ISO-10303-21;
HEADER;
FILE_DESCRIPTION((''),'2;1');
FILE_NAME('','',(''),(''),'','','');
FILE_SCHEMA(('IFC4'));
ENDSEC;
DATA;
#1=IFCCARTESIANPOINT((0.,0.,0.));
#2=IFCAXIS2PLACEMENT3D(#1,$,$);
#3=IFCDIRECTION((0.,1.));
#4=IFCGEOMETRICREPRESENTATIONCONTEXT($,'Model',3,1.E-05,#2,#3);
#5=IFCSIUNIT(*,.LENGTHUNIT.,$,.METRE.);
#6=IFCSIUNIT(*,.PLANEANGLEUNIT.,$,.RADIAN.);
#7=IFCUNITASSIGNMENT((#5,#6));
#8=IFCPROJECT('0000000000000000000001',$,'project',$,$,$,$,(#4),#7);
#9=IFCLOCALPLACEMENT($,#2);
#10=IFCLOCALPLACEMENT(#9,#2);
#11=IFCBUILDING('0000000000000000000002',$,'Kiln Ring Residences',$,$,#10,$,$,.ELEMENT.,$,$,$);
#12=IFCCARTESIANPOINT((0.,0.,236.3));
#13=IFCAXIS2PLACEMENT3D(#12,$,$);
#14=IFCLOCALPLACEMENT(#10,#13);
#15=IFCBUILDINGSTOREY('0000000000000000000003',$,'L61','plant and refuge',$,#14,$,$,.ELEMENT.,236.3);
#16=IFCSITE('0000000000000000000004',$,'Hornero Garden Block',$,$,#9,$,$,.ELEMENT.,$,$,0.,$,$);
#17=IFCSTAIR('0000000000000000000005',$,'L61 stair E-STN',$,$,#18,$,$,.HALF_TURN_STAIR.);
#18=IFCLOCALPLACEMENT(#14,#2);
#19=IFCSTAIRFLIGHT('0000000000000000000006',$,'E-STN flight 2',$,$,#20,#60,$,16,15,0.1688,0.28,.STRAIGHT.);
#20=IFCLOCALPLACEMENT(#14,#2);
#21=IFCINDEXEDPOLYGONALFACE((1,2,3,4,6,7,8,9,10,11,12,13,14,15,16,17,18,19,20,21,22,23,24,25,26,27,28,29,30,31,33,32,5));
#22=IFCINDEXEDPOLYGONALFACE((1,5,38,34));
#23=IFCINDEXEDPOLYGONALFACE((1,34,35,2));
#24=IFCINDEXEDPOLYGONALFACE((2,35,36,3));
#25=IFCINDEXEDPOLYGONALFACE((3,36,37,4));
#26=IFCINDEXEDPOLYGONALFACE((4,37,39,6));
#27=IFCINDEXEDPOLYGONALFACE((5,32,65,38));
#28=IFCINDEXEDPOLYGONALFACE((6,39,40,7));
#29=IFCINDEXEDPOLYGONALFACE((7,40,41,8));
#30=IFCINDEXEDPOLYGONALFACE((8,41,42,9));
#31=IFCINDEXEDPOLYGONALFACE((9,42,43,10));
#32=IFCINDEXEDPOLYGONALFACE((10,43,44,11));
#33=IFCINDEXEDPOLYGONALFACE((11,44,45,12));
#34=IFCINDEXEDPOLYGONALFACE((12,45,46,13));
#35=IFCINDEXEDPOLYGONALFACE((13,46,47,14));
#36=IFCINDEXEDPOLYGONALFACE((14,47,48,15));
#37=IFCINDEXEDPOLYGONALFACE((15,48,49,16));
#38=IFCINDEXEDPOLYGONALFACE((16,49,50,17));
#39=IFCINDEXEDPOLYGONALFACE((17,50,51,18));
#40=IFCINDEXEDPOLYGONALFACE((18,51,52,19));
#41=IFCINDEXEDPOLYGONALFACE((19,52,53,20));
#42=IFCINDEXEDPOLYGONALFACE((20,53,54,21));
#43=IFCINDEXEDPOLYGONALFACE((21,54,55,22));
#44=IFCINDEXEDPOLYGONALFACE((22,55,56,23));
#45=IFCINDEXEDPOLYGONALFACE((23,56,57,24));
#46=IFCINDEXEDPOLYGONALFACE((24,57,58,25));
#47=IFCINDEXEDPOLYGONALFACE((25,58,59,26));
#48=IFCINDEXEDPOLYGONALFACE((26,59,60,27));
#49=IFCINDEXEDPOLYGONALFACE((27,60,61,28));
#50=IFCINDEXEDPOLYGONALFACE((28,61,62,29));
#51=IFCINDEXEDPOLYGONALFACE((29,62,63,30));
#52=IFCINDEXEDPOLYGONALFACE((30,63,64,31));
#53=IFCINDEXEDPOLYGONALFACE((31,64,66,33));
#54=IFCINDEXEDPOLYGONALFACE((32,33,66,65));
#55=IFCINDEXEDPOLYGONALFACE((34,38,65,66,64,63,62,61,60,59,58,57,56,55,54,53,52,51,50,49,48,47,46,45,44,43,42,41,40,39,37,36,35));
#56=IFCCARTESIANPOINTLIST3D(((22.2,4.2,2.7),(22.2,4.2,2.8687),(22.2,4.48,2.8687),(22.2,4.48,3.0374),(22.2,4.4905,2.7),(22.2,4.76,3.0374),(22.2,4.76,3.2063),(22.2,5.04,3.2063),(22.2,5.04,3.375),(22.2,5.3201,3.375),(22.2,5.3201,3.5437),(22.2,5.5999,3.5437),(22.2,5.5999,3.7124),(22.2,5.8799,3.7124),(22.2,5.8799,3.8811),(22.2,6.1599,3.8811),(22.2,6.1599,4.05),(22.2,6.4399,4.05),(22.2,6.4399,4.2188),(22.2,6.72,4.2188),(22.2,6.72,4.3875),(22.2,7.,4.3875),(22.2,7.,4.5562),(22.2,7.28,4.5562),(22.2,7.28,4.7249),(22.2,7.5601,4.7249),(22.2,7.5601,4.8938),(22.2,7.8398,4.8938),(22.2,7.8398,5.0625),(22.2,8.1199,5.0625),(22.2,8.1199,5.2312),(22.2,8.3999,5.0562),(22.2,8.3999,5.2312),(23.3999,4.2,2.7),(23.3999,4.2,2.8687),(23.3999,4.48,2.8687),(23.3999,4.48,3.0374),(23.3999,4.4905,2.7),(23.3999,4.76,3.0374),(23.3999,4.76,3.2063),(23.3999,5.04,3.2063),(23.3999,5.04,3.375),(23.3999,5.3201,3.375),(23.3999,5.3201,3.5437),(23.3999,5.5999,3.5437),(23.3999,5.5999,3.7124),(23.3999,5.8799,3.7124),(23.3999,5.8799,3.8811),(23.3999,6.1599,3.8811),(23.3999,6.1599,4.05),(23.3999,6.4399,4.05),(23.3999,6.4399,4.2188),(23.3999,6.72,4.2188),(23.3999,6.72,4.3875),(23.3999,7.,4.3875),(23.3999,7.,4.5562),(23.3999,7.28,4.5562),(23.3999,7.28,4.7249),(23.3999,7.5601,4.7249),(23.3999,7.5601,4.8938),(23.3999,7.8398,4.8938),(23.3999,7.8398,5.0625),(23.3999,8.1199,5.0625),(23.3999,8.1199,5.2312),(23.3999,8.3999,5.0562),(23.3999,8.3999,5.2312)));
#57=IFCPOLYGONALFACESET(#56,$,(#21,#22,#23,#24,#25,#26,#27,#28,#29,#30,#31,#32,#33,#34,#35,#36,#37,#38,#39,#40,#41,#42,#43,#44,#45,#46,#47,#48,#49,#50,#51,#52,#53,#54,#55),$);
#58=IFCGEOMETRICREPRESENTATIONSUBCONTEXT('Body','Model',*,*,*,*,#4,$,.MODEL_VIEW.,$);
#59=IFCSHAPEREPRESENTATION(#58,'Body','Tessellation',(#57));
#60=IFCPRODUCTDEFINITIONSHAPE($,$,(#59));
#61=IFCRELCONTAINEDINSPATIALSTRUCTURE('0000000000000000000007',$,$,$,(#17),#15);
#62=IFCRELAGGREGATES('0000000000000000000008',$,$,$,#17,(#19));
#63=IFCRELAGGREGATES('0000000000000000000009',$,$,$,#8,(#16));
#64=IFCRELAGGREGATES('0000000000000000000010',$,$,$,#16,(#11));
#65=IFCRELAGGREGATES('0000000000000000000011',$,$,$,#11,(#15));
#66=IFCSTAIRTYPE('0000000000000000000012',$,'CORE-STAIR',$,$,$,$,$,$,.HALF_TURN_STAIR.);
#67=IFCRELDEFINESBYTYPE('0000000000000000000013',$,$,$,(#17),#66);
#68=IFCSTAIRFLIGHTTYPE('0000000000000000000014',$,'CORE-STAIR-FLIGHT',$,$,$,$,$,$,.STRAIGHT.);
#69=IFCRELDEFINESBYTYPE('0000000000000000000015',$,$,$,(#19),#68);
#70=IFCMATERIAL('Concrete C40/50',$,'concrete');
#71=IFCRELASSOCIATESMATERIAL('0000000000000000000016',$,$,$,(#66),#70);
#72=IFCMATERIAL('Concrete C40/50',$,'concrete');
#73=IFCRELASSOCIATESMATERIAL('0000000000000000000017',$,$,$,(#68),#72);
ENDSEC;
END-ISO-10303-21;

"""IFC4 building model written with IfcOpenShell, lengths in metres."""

from ifc_helpers import new_model, si_unit, direction, frame, origin, place, context, subcontext, project, spatial, polyline, outline, extrude, material, type_object, element, aggregate, save


model = new_model("IFC4")

# Units and contexts
model_context = context("Model", 3, precision=1e-05, world=origin(), true_north=direction((0.0, 1.0)))
body_context = subcontext(model_context, "Body", "Model", "MODEL_VIEW")
ifc_project = project(units=[si_unit("LENGTHUNIT", "METRE"), si_unit("PLANEANGLEUNIT", "RADIAN")], contexts=[model_context])

# Site, building, storey
site_placement = place(None, origin())
site = spatial("IfcSite", under=ifc_project, at=site_placement, Name="Hornero Garden Block", CompositionType="ELEMENT", RefElevation=0.0)
building_placement = place(site_placement, origin())
building = spatial("IfcBuilding", under=site, at=building_placement, Name="Kiln Ring Residences", CompositionType="ELEMENT")
storey_placement = place(building_placement, frame((0.0, 0.0, 236.3)))
storey = spatial("IfcBuildingStorey", under=building, at=storey_placement, Name="L61", Description="plant and refuge", CompositionType="ELEMENT", Elevation=236.3)

# Stair, stair flight
ifc_material_1 = material(Name="Concrete C40/50", Category="concrete")
stair_type = type_object("IfcStairType", Name="CORE-STAIR", PredefinedType="HALF_TURN_STAIR", material=ifc_material_1)
stair_placement = place(storey_placement, origin())
stair = element("IfcStair", 1, at=stair_placement, inside=storey, type_object=stair_type, Name="L61 stair E-STN", PredefinedType="HALF_TURN_STAIR")
ifc_material_2 = material(Name="Concrete C40/50", Category="concrete")
stair_flight_type = type_object("IfcStairFlightType", Name="CORE-STAIR-FLIGHT", PredefinedType="STRAIGHT", material=ifc_material_2)
stair_flight_1_placement = place(storey_placement, frame((22.8, 4.2, 2.7), z_axis=(0.0, 0.0, 1.0), x_axis=(0.0, 1.0, 0.0)))
stair_flight_1 = element("IfcStairFlight", 2, at=stair_flight_1_placement, type_object=stair_flight_type, Name="E-STN flight 2", NumberOfRisers=16, NumberOfTreads=15, PredefinedType="STRAIGHT", RiserHeight=0.1688, TreadLength=0.28, context=body_context, shape_type="SweptSolid", body=[
    extrude(outline(polyline([(0.0, 0.0), (0.0, 0.1687), (0.28, 0.1687), (0.28, 0.3374), (0.5601, 0.3374), (0.5601, 0.5063), (0.8401, 0.5063), (0.8401, 0.675), (1.1201, 0.675), (1.1201, 0.8438), (1.3999, 0.8438), (1.3999, 1.0125), (1.6799, 1.0125), (1.6799, 1.1812), (1.96, 1.1812), (1.96, 1.3501), (2.24, 1.3501), (2.24, 1.5188), (2.52, 1.5188), (2.52, 1.6875), (2.8, 1.6875), (2.8, 1.8562), (3.0801, 1.8562), (3.0801, 2.0249), (3.3601, 2.0249), (3.3601, 2.1938), (3.6399, 2.1938), (3.6399, 2.3625), (3.9199, 2.3625), (3.9199, 2.5312), (4.2, 2.5312), (4.2, 2.7), (4.2, 2.3562), (0.2905, 0.0), (0.0, 0.0)])), frame((0.0, 0.6001, 0.0), z_axis=(0.0, -1.0, 0.0), x_axis=(1.0, 0.0, 0.0)), (0.0, 0.0, 1.0), 1.2),
])
aggregate(stair, [stair_flight_1])

save(model, "model.ifc")
